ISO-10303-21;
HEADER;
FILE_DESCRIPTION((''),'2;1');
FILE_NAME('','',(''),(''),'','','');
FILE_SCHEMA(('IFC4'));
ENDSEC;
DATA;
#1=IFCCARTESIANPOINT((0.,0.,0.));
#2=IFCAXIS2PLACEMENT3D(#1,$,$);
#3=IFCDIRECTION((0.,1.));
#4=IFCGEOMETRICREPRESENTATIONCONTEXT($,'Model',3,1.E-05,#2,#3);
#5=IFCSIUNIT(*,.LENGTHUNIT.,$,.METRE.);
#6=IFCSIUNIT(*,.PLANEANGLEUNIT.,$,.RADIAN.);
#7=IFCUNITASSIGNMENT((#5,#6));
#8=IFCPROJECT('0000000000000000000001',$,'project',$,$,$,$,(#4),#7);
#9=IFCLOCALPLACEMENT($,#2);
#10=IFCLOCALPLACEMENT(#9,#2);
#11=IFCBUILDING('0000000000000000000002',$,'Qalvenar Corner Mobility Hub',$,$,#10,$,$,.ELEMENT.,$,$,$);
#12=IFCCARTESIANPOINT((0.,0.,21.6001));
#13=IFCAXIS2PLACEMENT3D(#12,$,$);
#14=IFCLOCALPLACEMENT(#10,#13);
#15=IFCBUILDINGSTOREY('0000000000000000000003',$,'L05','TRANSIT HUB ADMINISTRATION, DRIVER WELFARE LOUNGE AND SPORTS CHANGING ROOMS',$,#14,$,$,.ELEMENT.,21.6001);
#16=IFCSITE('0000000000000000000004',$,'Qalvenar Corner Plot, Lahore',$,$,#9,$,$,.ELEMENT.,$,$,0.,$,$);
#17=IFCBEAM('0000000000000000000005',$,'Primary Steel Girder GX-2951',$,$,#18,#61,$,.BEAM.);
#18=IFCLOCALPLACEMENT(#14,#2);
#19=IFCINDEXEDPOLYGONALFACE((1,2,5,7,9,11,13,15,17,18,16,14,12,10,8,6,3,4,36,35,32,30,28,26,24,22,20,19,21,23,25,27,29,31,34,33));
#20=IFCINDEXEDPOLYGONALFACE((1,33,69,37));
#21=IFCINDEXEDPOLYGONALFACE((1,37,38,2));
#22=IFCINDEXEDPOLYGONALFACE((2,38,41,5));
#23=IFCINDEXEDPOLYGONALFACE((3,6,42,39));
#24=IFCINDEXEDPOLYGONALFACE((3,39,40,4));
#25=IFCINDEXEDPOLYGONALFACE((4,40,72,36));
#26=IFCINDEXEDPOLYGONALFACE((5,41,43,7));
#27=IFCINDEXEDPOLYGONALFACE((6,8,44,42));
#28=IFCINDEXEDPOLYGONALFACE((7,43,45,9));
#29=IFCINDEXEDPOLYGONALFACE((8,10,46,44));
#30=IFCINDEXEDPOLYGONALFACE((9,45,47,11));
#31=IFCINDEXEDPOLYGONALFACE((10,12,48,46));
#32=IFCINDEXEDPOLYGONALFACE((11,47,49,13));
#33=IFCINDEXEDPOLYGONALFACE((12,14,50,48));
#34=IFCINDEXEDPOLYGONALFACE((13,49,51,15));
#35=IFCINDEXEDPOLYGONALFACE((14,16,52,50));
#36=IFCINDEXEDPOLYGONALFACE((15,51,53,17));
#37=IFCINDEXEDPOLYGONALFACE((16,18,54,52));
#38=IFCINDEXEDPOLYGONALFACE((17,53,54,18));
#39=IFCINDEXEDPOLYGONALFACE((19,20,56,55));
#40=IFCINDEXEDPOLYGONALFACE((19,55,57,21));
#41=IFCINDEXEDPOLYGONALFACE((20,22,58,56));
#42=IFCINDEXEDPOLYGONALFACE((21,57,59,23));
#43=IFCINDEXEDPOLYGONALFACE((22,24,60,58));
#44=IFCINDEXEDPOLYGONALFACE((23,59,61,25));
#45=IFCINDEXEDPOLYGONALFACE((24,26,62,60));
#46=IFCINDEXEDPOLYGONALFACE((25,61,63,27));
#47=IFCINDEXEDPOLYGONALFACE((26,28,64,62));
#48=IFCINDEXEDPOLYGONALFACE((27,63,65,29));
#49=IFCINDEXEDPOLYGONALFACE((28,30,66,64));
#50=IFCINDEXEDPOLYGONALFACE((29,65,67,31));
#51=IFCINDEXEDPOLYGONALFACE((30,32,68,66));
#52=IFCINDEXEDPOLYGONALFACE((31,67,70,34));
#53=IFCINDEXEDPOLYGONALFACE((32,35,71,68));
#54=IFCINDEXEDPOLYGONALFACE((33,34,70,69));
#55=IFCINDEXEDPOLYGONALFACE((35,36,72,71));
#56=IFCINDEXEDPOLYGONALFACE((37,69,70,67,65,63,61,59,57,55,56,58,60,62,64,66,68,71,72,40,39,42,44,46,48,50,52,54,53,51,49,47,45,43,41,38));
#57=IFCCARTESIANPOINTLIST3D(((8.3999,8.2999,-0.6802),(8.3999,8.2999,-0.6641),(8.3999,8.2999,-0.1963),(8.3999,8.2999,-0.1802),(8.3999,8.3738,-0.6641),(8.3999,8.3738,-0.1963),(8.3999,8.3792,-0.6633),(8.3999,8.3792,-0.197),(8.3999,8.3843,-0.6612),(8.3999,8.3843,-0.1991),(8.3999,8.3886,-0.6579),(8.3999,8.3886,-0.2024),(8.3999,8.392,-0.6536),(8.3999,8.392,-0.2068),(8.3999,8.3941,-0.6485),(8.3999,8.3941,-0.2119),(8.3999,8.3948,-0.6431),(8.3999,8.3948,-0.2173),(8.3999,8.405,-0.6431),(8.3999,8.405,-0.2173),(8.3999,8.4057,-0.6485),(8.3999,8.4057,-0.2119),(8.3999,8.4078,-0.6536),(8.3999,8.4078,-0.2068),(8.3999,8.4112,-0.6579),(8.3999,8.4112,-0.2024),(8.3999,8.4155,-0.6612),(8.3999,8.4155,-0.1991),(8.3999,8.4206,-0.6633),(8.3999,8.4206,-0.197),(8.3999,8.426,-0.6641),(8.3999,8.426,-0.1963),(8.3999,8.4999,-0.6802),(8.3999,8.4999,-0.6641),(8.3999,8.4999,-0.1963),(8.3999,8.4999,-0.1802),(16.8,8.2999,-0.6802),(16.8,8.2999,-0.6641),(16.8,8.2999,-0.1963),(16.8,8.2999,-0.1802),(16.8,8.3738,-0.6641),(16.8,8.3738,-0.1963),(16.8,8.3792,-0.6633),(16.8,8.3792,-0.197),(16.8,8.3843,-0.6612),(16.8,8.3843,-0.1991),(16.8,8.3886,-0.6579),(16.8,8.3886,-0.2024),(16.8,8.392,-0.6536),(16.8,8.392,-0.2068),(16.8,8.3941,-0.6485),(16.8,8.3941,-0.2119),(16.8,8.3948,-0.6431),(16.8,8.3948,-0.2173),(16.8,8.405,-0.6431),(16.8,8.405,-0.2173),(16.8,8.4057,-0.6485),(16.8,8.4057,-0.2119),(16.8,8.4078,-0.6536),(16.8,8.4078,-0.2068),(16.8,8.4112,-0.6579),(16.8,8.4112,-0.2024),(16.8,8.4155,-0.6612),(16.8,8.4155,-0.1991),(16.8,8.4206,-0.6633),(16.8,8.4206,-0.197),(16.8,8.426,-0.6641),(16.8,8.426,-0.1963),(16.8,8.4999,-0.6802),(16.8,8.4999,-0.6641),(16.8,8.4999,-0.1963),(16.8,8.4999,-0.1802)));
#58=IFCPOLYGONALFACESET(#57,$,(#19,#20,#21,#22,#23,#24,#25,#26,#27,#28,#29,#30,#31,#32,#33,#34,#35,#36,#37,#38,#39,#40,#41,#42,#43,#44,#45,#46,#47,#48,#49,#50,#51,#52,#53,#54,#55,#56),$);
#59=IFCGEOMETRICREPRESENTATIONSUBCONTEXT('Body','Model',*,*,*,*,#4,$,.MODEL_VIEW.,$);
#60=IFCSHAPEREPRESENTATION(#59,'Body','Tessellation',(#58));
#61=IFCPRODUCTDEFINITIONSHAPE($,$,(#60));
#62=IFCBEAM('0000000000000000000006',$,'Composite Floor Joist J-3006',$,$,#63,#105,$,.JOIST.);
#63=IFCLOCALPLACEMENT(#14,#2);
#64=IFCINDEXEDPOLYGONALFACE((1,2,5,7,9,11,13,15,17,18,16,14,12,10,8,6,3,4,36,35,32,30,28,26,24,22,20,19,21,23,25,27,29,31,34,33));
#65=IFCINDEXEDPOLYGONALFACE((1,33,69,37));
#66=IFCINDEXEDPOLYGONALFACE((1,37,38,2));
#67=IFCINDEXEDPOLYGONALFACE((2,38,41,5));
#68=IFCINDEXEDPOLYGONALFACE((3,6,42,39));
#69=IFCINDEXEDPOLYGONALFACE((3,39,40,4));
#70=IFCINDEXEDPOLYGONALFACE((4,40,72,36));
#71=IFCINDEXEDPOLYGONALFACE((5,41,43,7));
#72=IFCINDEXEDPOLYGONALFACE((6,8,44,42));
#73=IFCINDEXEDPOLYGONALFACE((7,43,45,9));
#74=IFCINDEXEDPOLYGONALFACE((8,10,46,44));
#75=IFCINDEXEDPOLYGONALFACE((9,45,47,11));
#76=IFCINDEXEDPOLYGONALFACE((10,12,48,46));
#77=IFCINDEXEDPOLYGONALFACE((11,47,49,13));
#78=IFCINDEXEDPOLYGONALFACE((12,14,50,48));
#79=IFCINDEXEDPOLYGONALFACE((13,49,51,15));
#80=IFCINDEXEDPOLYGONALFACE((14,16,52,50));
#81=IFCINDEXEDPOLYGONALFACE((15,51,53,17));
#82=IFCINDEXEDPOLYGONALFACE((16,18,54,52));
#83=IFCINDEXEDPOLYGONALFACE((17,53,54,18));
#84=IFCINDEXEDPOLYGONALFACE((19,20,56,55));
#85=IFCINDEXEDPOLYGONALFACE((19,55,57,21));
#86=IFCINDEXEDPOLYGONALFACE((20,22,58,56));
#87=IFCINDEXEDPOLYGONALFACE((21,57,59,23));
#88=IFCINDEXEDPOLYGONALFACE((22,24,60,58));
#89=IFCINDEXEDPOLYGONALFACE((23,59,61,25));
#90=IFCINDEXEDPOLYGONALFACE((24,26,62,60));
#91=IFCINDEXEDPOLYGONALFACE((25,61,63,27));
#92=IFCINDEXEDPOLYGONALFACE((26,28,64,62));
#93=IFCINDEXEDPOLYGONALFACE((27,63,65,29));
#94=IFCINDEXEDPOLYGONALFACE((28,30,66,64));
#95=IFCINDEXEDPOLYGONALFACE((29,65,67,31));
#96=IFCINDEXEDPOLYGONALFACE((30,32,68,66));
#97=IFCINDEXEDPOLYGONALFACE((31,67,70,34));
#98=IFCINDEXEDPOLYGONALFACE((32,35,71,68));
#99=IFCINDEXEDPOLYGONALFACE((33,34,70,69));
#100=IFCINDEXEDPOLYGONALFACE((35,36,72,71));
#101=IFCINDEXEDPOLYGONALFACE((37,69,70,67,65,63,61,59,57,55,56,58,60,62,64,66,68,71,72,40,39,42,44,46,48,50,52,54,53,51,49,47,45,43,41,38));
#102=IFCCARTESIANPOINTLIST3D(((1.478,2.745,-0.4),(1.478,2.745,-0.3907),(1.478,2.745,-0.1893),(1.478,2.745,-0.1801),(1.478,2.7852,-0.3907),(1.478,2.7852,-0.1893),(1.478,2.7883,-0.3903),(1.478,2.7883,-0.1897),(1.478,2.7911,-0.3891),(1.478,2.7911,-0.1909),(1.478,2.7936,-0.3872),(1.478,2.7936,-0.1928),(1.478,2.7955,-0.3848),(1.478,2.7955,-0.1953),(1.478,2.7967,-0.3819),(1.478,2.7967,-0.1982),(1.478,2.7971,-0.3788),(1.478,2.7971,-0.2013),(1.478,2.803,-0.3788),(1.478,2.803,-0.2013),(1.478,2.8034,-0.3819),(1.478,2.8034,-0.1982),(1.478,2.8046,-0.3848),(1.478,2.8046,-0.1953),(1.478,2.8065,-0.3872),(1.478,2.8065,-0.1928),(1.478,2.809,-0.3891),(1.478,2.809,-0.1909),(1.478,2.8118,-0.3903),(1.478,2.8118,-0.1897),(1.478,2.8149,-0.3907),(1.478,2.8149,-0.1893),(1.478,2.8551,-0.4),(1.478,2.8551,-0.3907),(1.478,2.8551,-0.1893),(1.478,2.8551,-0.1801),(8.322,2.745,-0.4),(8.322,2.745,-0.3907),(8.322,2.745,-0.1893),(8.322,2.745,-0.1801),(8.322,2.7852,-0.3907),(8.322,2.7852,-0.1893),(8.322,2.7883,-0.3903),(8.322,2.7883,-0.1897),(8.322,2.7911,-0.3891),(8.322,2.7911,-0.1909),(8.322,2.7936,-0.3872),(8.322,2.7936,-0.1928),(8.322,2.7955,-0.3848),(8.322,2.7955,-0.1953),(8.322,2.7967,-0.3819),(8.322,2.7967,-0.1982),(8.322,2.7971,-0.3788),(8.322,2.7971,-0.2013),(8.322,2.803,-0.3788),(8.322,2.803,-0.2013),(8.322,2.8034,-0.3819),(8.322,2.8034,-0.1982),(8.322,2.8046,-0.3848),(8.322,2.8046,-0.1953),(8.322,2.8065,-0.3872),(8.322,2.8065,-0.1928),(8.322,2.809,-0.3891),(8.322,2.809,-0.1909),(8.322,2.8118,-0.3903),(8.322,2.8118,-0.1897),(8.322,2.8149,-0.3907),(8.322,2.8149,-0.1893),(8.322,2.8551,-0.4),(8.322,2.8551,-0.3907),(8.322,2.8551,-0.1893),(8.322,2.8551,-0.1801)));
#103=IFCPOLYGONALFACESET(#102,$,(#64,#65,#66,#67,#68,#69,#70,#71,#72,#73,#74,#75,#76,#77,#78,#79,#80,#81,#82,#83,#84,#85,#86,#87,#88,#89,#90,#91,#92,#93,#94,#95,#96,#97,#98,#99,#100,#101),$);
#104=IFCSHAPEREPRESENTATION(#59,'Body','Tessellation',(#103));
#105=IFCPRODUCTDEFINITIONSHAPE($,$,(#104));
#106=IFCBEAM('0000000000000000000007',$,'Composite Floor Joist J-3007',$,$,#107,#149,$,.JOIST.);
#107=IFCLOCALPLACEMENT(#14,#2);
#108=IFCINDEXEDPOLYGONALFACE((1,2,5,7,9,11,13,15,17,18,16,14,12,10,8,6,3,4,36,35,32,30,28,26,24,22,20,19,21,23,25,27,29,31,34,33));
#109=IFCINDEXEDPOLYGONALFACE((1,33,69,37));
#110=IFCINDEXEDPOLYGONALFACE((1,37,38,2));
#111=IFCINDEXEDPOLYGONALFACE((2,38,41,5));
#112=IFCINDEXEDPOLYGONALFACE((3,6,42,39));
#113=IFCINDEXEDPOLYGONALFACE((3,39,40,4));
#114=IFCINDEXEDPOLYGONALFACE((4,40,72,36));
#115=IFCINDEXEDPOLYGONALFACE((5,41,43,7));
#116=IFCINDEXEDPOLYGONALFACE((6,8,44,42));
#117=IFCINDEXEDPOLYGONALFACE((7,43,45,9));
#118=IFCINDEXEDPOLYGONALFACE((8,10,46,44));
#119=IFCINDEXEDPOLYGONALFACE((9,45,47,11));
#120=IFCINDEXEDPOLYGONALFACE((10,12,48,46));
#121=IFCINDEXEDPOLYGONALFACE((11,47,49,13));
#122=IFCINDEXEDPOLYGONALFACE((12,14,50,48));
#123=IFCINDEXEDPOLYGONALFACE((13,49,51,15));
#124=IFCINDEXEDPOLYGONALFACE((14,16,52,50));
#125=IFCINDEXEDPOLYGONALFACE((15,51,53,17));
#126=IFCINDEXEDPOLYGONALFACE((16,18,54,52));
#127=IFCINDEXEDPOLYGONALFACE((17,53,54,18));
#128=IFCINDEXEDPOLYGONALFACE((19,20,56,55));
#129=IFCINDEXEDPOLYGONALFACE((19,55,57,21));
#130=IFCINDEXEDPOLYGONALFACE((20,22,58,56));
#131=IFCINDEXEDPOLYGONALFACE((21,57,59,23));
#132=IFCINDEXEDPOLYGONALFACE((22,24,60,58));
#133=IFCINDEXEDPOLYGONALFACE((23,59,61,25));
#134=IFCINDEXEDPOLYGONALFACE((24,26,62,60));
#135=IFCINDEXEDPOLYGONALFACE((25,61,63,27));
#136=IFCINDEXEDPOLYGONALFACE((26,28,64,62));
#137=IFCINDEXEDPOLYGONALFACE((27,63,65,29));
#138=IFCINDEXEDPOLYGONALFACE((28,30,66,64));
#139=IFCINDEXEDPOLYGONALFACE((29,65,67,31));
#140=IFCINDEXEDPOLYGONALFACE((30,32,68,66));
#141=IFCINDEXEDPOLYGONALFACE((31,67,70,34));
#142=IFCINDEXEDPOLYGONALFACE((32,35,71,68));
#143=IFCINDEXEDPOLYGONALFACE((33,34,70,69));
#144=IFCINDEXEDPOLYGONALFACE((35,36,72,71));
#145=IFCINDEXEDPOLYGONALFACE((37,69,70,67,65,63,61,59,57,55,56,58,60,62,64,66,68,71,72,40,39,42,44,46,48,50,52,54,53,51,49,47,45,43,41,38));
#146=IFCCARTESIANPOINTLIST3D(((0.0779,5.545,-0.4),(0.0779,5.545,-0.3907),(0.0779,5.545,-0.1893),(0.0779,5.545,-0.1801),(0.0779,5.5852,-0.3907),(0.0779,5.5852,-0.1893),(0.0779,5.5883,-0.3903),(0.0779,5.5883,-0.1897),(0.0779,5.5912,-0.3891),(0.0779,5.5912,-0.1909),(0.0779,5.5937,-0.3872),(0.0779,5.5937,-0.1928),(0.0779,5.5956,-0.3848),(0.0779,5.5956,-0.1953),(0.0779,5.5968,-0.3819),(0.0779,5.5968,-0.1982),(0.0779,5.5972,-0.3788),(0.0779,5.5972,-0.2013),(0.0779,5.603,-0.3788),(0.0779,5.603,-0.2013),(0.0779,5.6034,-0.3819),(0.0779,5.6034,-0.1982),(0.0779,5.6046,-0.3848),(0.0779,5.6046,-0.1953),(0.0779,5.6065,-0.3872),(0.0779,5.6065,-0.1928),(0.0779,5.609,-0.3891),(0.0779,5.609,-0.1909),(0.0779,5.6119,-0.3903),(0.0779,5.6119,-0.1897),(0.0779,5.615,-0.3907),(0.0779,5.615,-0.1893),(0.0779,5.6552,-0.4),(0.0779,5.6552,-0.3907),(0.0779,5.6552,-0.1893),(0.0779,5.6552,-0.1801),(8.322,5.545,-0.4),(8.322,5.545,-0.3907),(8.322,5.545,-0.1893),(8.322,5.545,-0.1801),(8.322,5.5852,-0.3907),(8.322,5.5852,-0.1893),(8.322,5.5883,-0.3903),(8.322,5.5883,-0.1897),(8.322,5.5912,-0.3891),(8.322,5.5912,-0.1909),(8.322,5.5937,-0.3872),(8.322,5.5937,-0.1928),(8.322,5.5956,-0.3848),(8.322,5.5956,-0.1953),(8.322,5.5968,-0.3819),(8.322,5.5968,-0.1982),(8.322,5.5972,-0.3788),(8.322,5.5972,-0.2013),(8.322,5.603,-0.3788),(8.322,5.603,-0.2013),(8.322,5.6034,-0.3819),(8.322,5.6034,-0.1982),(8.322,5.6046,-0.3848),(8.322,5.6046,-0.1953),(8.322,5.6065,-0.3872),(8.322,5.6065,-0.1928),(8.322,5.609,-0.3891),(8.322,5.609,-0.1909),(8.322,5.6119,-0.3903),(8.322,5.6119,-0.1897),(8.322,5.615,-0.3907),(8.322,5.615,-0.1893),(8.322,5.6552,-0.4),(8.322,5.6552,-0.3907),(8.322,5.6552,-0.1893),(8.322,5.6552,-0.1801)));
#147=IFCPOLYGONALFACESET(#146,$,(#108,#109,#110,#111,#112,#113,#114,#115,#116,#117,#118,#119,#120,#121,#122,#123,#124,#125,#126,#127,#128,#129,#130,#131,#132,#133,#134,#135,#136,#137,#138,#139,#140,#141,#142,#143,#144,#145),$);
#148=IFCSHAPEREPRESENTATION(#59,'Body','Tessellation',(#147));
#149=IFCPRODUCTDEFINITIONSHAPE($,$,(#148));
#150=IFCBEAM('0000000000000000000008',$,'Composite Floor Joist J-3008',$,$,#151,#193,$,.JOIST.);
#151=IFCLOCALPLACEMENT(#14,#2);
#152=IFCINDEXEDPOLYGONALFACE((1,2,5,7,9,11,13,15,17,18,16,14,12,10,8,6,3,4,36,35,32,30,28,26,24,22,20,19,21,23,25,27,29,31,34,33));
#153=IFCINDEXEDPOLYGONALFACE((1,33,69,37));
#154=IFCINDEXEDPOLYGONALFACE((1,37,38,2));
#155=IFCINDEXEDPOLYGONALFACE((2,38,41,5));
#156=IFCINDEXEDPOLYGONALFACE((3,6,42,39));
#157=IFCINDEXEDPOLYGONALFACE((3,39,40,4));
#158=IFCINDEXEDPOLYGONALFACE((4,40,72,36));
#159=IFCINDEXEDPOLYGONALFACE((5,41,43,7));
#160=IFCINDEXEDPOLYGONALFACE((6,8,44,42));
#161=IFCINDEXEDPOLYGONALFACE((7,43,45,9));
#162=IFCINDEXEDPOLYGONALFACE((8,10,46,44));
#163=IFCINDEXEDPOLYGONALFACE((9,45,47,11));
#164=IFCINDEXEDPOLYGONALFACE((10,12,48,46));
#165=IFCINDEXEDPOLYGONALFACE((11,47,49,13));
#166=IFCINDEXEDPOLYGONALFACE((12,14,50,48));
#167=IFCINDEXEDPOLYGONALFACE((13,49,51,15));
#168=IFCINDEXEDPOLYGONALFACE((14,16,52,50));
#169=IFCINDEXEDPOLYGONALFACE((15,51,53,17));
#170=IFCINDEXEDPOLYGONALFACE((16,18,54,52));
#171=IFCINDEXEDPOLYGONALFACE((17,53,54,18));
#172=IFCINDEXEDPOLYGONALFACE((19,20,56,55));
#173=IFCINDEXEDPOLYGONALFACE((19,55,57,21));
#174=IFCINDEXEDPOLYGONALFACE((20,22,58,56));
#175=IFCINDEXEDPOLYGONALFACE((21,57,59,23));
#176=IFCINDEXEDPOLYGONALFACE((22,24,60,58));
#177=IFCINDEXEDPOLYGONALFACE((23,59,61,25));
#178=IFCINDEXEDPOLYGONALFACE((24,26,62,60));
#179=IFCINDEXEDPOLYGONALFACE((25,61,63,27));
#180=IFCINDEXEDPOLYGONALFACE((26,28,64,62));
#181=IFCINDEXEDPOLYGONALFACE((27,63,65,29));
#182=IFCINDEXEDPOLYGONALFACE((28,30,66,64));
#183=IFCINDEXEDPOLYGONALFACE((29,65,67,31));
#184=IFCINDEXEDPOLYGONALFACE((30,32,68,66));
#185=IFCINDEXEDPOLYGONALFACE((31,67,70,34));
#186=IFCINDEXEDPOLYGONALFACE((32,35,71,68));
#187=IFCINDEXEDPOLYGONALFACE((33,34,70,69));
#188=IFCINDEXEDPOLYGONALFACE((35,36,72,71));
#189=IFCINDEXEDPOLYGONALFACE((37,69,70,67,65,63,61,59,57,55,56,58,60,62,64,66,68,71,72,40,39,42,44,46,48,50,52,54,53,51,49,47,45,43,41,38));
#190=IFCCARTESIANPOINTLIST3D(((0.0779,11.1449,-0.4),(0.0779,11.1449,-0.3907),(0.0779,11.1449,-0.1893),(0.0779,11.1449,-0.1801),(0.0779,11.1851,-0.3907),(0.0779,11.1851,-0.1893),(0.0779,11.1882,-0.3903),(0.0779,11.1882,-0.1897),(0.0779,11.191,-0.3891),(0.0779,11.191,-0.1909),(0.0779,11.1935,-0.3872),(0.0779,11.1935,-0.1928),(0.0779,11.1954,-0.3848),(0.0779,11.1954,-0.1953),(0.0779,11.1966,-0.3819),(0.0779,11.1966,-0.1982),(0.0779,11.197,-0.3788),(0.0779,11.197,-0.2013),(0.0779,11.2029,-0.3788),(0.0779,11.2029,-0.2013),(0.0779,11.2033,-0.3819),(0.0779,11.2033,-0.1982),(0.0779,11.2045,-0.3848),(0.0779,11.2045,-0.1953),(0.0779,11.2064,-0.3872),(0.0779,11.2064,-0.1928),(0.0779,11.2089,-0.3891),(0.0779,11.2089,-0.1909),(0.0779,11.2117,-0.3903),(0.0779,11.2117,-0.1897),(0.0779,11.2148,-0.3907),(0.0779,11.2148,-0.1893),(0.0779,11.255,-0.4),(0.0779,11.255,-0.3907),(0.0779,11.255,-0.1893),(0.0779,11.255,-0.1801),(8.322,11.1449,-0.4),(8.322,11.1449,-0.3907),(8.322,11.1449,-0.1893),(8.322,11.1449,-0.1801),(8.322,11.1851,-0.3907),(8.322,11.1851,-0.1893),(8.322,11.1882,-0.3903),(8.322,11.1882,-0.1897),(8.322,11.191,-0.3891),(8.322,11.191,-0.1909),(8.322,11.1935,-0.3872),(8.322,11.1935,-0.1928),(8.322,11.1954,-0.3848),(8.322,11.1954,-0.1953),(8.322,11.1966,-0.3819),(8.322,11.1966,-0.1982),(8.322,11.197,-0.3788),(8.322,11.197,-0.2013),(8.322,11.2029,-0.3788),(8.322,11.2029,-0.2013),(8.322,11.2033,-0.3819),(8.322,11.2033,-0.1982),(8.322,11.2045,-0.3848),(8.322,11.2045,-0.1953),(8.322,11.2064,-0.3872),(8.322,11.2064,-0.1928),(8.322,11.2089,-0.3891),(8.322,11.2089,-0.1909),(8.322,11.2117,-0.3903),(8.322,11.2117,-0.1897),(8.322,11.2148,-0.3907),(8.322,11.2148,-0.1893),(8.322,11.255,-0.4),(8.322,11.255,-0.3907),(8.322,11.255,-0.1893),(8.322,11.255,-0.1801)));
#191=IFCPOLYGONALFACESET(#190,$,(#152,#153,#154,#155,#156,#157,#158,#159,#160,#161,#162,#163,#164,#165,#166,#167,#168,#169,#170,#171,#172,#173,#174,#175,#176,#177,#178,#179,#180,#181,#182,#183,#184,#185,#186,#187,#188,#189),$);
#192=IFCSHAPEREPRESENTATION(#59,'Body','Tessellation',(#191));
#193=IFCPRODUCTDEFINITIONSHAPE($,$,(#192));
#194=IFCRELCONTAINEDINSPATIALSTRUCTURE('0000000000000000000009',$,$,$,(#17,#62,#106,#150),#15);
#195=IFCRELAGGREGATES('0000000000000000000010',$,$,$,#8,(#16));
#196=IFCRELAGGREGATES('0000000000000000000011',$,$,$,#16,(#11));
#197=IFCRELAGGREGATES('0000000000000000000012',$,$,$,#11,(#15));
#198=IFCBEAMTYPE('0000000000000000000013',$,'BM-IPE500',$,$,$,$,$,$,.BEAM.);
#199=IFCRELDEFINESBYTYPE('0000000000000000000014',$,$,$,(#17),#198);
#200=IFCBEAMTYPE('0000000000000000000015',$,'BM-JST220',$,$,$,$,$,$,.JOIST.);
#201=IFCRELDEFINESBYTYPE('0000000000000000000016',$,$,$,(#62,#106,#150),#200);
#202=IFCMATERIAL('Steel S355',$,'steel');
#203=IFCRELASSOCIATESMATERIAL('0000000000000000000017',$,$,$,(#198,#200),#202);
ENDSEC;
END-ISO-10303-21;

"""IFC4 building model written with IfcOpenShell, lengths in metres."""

from ifc_helpers import new_model, si_unit, direction, frame, origin, origin_2d, place, context, subcontext, project, spatial, i_section, extrude, material, material_profile, profile_set, type_object, element, save


model = new_model("IFC4")

# Units and contexts
model_context = context("Model", 3, precision=1e-05, world=origin(), true_north=direction((0.0, 1.0)))
body_context = subcontext(model_context, "Body", "Model", "MODEL_VIEW")
ifc_project = project(units=[si_unit("LENGTHUNIT", "METRE"), si_unit("PLANEANGLEUNIT", "RADIAN")], contexts=[model_context])

# Site, building, storey
site_placement = place(None, origin())
site = spatial("IfcSite", under=ifc_project, at=site_placement, Name="Qalvenar Corner Plot, Lahore", CompositionType="ELEMENT", RefElevation=0.0)
building_placement = place(site_placement, origin())
building = spatial("IfcBuilding", under=site, at=building_placement, Name="Qalvenar Corner Mobility Hub", CompositionType="ELEMENT")
storey_placement = place(building_placement, frame((0.0, 0.0, 21.6001)))
storey = spatial("IfcBuildingStorey", under=building, at=storey_placement, Name="L05", Description="TRANSIT HUB ADMINISTRATION, DRIVER WELFARE LOUNGE AND SPORTS CHANGING ROOMS", CompositionType="ELEMENT", Elevation=21.6001)

# Shared definitions
ifc_material_1 = material(Name="Steel S355", Category="steel")

# Beams
ifc_material_profile_1 = material_profile(ifc_material_1, i_section(OverallWidth=0.2, OverallDepth=0.5, WebThickness=0.0103, FlangeThickness=0.0161, FilletRadius=0.021, at=origin_2d()), Name="IPE500")
ifc_profile_set_1 = profile_set([ifc_material_profile_1], Name="Steel S355")
beam_type_1 = type_object("IfcBeamType", Name="BM-IPE500", PredefinedType="BEAM", material=ifc_profile_set_1)
beam_1_placement = place(storey_placement, frame((8.3999, 8.3999, -0.4302), z_axis=(1.0, 0.0, 0.0), x_axis=(0.0, 1.0, 0.0)))
element("IfcBeam", 1, at=beam_1_placement, inside=storey, type_object=beam_type_1, Name="Primary Steel Girder GX-2951", PredefinedType="BEAM", context=body_context, shape_type="SweptSolid", body=[
    extrude(i_section(OverallWidth=0.2, OverallDepth=0.5, WebThickness=0.0103, FlangeThickness=0.0161, FilletRadius=0.021, at=origin_2d()), origin(), (0.0, 0.0, 1.0), 8.4001),
])
ifc_material_profile_2 = material_profile(ifc_material_1, i_section(OverallWidth=0.1101, OverallDepth=0.22, WebThickness=0.0059, FlangeThickness=0.0093, FilletRadius=0.012, at=origin_2d()), Name="IPE220")
ifc_profile_set_2 = profile_set([ifc_material_profile_2], Name="Steel S355")
beam_type_2 = type_object("IfcBeamType", Name="BM-JST220", PredefinedType="JOIST", material=ifc_profile_set_2)
beam_2_placement = place(storey_placement, frame((1.478, 2.8, -0.29), z_axis=(1.0, 0.0, 0.0), x_axis=(0.0, 1.0, 0.0)))
element("IfcBeam", 2, at=beam_2_placement, inside=storey, type_object=beam_type_2, Name="Composite Floor Joist J-3006", PredefinedType="JOIST", context=body_context, shape_type="SweptSolid", body=[
    extrude(i_section(OverallWidth=0.1101, OverallDepth=0.22, WebThickness=0.0059, FlangeThickness=0.0093, FilletRadius=0.012, at=origin_2d()), origin(), (0.0, 0.0, 1.0), 6.844),
])
for number, where, z_axis, x_axis, name in (
    (3, (0.0779, 5.6001, -0.29), (1.0, 0.0, 0.0), (0.0, 1.0, 0.0), "Composite Floor Joist J-3007"),
    (4, (0.0779, 11.2, -0.29), (1.0, 0.0, 0.0), (0.0, 1.0, 0.0), "Composite Floor Joist J-3008"),
):
    element("IfcBeam", number, at=place(storey_placement, frame(where, z_axis=z_axis, x_axis=x_axis)), inside=storey, type_object=beam_type_2, Name=name, PredefinedType="JOIST", context=body_context, shape_type="SweptSolid", body=[
        extrude(i_section(OverallWidth=0.1101, OverallDepth=0.22, WebThickness=0.0059, FlangeThickness=0.0093, FilletRadius=0.012, at=origin_2d()), origin(), (0.0, 0.0, 1.0), 8.2441),
    ])

save(model, "model.ifc")
